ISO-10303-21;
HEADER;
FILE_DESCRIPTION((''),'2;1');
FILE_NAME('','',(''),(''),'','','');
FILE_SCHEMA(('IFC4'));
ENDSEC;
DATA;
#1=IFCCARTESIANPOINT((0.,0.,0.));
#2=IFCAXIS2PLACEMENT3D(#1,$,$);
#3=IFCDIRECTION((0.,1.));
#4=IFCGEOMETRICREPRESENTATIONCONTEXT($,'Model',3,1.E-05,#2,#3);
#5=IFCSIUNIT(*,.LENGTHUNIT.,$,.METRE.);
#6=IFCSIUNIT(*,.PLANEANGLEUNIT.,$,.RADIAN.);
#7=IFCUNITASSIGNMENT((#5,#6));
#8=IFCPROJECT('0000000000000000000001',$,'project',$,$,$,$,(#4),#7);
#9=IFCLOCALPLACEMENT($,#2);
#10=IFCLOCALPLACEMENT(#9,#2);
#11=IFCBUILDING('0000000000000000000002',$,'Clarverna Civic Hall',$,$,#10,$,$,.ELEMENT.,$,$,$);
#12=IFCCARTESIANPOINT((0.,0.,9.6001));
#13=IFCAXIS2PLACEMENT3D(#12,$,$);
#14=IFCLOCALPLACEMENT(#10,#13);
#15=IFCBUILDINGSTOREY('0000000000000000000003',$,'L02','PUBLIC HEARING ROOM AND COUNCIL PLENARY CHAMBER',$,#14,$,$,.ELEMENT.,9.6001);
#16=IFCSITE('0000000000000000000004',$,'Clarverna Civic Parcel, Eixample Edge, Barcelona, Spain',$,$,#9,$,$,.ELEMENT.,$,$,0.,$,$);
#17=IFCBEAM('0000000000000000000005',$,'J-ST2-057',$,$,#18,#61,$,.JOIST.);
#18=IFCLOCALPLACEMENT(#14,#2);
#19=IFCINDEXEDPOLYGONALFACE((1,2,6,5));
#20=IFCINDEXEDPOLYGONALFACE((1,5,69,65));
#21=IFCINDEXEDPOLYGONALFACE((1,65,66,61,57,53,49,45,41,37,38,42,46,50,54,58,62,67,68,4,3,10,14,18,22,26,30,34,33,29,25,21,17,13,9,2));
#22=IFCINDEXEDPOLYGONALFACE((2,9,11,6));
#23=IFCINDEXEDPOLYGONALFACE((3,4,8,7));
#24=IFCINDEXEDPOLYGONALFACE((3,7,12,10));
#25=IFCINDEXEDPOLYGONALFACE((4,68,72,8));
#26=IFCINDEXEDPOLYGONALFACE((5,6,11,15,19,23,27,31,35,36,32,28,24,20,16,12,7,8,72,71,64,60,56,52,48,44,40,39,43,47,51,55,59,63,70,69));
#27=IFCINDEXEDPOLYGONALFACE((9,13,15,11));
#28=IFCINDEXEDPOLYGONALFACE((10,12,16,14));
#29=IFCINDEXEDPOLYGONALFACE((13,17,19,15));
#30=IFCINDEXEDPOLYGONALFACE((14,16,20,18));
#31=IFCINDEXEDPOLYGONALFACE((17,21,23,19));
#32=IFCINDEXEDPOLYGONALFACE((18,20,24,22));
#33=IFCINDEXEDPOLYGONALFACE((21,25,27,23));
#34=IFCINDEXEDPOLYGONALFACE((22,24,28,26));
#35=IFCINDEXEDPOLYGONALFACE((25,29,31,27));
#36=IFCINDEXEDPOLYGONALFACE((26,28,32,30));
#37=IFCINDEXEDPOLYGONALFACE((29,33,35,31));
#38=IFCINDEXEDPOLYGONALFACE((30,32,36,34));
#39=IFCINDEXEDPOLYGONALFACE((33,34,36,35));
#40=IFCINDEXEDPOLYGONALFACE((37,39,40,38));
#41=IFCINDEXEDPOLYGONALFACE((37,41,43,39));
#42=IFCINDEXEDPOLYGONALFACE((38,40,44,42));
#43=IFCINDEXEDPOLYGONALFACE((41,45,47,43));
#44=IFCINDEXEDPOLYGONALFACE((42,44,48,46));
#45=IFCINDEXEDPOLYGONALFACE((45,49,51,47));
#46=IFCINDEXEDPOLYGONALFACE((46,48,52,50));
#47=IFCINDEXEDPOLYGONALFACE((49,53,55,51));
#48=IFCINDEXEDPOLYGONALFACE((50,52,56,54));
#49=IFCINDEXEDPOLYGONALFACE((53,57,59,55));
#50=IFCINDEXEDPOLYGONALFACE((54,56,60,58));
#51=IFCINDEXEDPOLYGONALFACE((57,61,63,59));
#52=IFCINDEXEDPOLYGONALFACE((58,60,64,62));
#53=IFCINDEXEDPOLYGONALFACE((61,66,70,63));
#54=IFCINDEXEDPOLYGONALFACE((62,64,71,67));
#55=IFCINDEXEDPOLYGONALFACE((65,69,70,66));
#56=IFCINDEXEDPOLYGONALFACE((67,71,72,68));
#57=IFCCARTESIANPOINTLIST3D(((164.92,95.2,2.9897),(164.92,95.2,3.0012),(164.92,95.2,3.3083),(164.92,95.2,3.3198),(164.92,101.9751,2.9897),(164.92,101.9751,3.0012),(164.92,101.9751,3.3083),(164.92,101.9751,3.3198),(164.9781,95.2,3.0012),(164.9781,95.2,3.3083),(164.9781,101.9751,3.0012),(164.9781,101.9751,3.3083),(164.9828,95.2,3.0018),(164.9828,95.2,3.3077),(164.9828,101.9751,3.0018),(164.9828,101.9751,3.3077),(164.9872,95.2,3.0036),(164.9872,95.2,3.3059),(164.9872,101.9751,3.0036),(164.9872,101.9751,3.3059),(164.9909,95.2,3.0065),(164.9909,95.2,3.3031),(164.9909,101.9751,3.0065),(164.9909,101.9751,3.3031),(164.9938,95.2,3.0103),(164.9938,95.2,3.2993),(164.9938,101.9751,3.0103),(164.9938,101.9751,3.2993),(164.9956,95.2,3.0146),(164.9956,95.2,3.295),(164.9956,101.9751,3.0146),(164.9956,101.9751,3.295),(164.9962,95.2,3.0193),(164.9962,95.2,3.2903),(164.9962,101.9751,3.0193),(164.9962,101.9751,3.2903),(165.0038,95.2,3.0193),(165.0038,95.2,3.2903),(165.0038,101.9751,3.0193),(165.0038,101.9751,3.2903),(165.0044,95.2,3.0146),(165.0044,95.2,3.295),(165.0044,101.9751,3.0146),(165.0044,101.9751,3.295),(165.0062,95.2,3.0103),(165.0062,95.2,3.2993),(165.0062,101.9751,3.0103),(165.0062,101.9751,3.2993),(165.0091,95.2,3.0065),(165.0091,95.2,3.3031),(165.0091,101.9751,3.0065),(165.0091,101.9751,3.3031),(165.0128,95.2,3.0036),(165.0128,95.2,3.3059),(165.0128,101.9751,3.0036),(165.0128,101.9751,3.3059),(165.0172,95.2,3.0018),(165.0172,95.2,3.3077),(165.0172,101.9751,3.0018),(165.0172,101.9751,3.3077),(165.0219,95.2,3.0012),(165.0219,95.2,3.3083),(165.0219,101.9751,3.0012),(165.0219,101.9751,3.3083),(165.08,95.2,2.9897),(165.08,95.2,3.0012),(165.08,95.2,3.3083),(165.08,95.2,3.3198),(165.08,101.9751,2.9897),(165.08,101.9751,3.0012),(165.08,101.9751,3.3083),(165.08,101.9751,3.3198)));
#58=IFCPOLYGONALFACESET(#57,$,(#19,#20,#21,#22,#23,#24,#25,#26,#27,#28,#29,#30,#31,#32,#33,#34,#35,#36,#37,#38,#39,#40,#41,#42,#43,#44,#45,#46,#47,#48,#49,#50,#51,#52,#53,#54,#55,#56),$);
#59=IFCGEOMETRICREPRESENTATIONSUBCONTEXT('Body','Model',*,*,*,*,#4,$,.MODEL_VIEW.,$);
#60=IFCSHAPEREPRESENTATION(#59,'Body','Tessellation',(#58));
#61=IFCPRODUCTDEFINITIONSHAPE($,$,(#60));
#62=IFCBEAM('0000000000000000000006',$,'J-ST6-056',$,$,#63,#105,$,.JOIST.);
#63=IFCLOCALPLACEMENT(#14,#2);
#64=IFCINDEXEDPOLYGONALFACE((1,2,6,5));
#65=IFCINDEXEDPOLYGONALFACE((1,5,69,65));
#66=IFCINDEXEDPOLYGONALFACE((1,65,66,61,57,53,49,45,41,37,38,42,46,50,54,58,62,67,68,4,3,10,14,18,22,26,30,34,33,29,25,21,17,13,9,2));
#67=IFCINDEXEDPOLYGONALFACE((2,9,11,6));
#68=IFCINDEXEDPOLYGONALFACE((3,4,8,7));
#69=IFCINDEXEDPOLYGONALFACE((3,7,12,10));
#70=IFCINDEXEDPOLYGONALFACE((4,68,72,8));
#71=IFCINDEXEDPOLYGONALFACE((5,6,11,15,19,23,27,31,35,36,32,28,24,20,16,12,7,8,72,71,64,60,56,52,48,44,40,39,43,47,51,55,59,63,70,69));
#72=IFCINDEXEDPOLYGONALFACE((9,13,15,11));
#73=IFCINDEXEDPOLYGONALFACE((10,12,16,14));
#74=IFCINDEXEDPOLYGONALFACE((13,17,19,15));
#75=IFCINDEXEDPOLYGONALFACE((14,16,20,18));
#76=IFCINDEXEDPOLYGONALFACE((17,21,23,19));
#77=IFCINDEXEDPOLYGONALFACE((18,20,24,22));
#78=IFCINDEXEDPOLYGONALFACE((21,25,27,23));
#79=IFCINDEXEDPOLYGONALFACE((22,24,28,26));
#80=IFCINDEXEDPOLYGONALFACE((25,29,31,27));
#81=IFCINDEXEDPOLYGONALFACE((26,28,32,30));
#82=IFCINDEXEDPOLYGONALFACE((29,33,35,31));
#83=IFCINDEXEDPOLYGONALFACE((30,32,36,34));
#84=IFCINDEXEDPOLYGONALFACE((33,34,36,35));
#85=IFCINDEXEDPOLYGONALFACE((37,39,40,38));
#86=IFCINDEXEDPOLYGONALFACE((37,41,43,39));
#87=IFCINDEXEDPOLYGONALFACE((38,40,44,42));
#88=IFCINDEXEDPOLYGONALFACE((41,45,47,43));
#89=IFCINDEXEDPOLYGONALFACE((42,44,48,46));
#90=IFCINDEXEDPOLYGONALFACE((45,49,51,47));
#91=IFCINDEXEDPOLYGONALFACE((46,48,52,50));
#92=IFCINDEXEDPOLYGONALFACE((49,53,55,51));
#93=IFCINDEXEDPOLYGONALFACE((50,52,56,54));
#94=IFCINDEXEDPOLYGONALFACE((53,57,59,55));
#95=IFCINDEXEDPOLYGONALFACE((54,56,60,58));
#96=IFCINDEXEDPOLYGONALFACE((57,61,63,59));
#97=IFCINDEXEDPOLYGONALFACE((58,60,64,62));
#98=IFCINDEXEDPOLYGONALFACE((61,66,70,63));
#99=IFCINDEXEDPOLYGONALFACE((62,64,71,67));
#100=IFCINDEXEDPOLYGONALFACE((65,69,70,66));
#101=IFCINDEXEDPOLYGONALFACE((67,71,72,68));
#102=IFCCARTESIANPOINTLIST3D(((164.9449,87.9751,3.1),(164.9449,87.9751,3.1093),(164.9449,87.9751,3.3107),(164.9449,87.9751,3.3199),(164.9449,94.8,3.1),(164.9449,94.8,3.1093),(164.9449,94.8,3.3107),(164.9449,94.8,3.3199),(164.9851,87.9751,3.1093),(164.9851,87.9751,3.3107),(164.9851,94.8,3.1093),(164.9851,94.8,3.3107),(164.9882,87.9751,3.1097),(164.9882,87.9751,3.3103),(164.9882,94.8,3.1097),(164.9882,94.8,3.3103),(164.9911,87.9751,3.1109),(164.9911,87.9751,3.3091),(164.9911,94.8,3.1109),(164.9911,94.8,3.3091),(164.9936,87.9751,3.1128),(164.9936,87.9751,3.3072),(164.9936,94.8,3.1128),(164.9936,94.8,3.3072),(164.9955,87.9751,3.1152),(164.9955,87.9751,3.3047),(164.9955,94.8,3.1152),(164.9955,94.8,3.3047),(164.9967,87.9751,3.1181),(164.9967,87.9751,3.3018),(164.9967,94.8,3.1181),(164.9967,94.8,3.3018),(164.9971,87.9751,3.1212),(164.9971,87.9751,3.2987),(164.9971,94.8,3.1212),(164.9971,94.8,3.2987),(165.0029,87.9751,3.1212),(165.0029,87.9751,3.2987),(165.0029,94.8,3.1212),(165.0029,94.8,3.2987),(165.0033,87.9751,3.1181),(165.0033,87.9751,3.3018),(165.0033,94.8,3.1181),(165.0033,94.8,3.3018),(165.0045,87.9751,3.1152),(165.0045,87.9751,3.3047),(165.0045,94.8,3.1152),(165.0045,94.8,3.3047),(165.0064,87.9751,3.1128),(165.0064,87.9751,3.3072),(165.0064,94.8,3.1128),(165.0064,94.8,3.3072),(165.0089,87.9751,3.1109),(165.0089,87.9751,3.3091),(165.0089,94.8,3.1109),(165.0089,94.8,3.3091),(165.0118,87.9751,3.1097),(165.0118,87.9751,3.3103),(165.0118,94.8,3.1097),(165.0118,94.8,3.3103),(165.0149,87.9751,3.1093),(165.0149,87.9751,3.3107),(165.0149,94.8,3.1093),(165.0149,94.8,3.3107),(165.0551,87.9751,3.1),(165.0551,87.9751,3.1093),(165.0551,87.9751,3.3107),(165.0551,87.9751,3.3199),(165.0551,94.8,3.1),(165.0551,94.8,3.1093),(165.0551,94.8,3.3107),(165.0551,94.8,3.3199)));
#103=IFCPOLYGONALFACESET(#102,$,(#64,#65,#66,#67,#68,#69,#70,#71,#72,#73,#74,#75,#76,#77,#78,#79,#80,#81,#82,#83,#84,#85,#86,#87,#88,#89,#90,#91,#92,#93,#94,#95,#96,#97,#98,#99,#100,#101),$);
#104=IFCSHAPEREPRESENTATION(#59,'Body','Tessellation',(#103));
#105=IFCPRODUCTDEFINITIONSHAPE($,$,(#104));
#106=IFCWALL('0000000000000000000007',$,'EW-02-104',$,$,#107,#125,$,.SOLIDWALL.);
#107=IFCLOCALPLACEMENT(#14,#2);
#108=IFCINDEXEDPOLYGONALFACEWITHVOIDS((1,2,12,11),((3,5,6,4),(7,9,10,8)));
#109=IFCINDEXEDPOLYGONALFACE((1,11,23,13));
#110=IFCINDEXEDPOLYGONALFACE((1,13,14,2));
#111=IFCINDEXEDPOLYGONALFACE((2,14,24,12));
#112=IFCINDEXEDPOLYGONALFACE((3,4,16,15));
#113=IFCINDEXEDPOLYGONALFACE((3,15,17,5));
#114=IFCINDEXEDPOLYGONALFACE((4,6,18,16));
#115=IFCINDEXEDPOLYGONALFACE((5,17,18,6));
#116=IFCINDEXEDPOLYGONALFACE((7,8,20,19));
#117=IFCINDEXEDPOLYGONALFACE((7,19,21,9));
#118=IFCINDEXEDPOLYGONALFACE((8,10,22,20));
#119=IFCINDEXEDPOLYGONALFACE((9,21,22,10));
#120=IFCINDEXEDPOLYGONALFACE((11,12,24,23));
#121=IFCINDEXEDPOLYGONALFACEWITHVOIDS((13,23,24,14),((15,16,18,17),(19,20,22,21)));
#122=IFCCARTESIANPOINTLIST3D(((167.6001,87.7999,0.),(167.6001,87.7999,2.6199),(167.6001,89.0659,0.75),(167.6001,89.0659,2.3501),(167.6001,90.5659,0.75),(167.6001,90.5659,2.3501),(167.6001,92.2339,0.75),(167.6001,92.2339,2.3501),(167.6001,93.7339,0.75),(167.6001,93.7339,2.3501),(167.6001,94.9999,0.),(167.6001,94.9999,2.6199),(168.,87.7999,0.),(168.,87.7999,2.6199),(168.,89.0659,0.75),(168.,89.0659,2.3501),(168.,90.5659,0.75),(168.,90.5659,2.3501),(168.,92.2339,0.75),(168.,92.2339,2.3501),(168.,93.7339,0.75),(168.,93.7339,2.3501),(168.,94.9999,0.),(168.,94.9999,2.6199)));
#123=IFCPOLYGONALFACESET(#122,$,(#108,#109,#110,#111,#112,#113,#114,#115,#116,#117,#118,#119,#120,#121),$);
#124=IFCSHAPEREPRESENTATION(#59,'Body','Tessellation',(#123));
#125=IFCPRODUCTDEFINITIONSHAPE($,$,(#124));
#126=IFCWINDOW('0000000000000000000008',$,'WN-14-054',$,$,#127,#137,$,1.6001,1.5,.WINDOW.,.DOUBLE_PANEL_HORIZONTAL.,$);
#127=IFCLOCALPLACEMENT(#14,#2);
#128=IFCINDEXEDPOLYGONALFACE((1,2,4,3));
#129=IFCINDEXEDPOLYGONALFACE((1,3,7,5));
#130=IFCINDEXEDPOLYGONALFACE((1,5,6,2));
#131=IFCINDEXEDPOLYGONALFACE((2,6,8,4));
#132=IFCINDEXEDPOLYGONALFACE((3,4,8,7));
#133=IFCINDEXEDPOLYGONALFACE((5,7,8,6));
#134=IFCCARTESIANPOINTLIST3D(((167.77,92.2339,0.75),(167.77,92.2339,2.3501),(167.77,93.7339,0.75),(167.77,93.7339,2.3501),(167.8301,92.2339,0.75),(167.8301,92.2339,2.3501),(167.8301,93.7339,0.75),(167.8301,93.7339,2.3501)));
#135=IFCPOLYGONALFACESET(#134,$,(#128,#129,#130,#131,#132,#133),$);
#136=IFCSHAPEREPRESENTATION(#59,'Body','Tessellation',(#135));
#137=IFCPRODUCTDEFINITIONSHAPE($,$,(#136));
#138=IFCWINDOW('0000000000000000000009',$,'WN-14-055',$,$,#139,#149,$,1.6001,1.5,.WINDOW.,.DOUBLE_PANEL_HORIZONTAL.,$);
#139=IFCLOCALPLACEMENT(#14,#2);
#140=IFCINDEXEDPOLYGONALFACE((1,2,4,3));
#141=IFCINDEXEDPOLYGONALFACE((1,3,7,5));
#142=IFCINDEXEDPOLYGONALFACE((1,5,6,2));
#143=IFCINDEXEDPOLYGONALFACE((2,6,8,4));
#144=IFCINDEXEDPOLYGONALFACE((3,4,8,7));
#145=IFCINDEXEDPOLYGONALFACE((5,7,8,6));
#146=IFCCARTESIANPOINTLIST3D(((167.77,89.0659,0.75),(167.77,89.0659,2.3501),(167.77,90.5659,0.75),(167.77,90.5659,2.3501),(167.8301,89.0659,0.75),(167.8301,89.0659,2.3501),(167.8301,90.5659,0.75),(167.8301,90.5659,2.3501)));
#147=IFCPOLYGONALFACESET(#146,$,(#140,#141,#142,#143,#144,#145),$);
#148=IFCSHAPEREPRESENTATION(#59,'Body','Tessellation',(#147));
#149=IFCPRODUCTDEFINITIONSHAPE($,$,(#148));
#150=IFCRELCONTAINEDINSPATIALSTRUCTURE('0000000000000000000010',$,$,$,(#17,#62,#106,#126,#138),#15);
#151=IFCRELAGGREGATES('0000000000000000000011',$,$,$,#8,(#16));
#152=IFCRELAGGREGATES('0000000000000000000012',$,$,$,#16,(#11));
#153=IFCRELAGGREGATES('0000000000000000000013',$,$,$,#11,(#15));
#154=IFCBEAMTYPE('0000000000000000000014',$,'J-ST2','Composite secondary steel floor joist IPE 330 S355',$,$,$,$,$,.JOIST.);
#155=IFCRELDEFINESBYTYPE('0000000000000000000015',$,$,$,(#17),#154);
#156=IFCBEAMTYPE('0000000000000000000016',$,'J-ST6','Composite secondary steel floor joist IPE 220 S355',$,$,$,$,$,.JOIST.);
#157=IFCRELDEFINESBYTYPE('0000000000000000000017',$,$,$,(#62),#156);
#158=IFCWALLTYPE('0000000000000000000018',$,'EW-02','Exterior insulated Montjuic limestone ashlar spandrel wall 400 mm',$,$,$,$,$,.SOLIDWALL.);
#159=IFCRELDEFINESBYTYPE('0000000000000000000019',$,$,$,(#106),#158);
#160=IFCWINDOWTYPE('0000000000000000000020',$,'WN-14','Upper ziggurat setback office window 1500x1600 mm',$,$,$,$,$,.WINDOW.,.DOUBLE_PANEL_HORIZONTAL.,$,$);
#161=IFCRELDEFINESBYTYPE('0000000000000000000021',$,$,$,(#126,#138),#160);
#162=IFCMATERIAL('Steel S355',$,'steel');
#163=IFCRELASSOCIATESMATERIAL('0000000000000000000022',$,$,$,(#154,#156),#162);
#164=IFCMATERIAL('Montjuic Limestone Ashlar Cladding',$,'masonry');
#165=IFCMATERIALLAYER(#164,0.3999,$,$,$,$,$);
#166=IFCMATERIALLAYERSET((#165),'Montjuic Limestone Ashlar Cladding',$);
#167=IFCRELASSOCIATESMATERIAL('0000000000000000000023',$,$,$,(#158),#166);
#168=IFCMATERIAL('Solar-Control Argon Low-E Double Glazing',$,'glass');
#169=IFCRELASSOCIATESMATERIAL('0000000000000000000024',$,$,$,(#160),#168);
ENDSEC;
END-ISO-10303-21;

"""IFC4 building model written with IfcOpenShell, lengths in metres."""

from ifc_helpers import new_model, si_unit, direction, frame, frame_2d, origin, origin_2d, place, context, subcontext, project, spatial, rectangle, i_section, extrude, material, layer, layer_set, material_profile, profile_set, type_object, element, fill, save


model = new_model("IFC4")

# Units and contexts
model_context = context("Model", 3, precision=1e-05, world=origin(), true_north=direction((0.0, 1.0)))
body_context = subcontext(model_context, "Body", "Model", "MODEL_VIEW")
ifc_project = project(units=[si_unit("LENGTHUNIT", "METRE"), si_unit("PLANEANGLEUNIT", "RADIAN")], contexts=[model_context])

# Site, building, storey
site_placement = place(None, origin())
site = spatial("IfcSite", under=ifc_project, at=site_placement, Name="Clarverna Civic Parcel, Eixample Edge, Barcelona, Spain", CompositionType="ELEMENT", RefElevation=0.0)
building_placement = place(site_placement, origin())
building = spatial("IfcBuilding", under=site, at=building_placement, Name="Clarverna Civic Hall", CompositionType="ELEMENT")
storey_placement = place(building_placement, frame((0.0, 0.0, 9.6001)))
storey = spatial("IfcBuildingStorey", under=building, at=storey_placement, Name="L02", Description="PUBLIC HEARING ROOM AND COUNCIL PLENARY CHAMBER", CompositionType="ELEMENT", Elevation=9.6001)

# Beams
ifc_material_1 = material(Name="Steel S355", Category="steel")
ifc_material_profile_1 = material_profile(ifc_material_1, i_section(OverallWidth=0.1599, OverallDepth=0.3301, WebThickness=0.0076, FlangeThickness=0.0115, FilletRadius=0.0181, at=origin_2d()), Name="IPE 330")
ifc_profile_set_1 = profile_set([ifc_material_profile_1], Name="Steel S355")
beam_type_1 = type_object("IfcBeamType", Name="J-ST2", Description="Composite secondary steel floor joist IPE 330 S355", PredefinedType="JOIST", material=ifc_profile_set_1)
beam_1_placement = place(storey_placement, frame((165.0, 95.2, 3.1548), z_axis=(0.0, 1.0, 0.0), x_axis=(-1.0, 0.0, 0.0)))
element("IfcBeam", 1, at=beam_1_placement, inside=storey, type_object=beam_type_1, Name="J-ST2-057", PredefinedType="JOIST", context=body_context, shape_type="SweptSolid", body=[
    extrude(i_section(OverallWidth=0.1599, OverallDepth=0.3301, WebThickness=0.0076, FlangeThickness=0.0115, FilletRadius=0.0181, at=origin_2d()), origin(), (0.0, 0.0, 1.0), 6.7751),
])
ifc_material_profile_2 = material_profile(ifc_material_1, i_section(OverallWidth=0.1101, OverallDepth=0.22, WebThickness=0.0059, FlangeThickness=0.0093, FilletRadius=0.012, at=origin_2d()), Name="IPE 220")
ifc_profile_set_2 = profile_set([ifc_material_profile_2], Name="Steel S355")
beam_type_2 = type_object("IfcBeamType", Name="J-ST6", Description="Composite secondary steel floor joist IPE 220 S355", PredefinedType="JOIST", material=ifc_profile_set_2)
beam_2_placement = place(storey_placement, frame((165.0, 87.9751, 3.21), z_axis=(0.0, 1.0, 0.0), x_axis=(-1.0, 0.0, 0.0)))
element("IfcBeam", 2, at=beam_2_placement, inside=storey, type_object=beam_type_2, Name="J-ST6-056", PredefinedType="JOIST", context=body_context, shape_type="SweptSolid", body=[
    extrude(i_section(OverallWidth=0.1101, OverallDepth=0.22, WebThickness=0.0059, FlangeThickness=0.0093, FilletRadius=0.012, at=origin_2d()), origin(), (0.0, 0.0, 1.0), 6.825),
])

# Wall, openings, windows
ifc_material_2 = material(Name="Montjuic Limestone Ashlar Cladding", Category="masonry")
ifc_layer_1 = layer(ifc_material_2, 0.3999)
ifc_layer_set_1 = layer_set([ifc_layer_1], Name="Montjuic Limestone Ashlar Cladding")
wall_type = type_object("IfcWallType", Name="EW-02", Description="Exterior insulated Montjuic limestone ashlar spandrel wall 400 mm", PredefinedType="SOLIDWALL", material=ifc_layer_set_1)
wall_1_placement = place(storey_placement, frame((167.8, 95.0, 0.0), z_axis=(0.0, 0.0, 1.0), x_axis=(0.0, -1.0, 0.0)))
wall_1 = element("IfcWall", 3, at=wall_1_placement, inside=storey, type_object=wall_type, Name="EW-02-104", PredefinedType="SOLIDWALL", context=body_context, shape_type="SweptSolid", body=[
    extrude(rectangle(XDim=7.2, YDim=0.3999, at=frame_2d((3.6001, 0.0))), origin(), (0.0, 0.0, 1.0), 2.6199),
])
opening_1_placement = place(wall_1_placement, frame((1.2661, 0.0, 0.75)))
opening_1 = element("IfcOpeningElement", 4, at=opening_1_placement, cuts=wall_1, PredefinedType="OPENING", context=body_context, shape_type="SweptSolid", body=[
    extrude(rectangle(XDim=1.5, YDim=1.6001, at=frame_2d((0.75, 0.8))), frame((0.0, 0.21, 0.0), z_axis=(0.0, -1.0, 0.0), x_axis=(1.0, 0.0, 0.0)), (0.0, 0.0, 1.0), 0.4199),
])
opening_2_placement = place(wall_1_placement, frame((4.4341, 0.0, 0.75)))
opening_2 = element("IfcOpeningElement", 5, at=opening_2_placement, cuts=wall_1, PredefinedType="OPENING", context=body_context, shape_type="SweptSolid", body=[
    extrude(rectangle(XDim=1.5, YDim=1.6001, at=frame_2d((0.75, 0.8))), frame((0.0, 0.21, 0.0), z_axis=(0.0, -1.0, 0.0), x_axis=(1.0, 0.0, 0.0)), (0.0, 0.0, 1.0), 0.4199),
])
ifc_material_3 = material(Name="Solar-Control Argon Low-E Double Glazing", Category="glass")
window_type = type_object("IfcWindowType", Name="WN-14", Description="Upper ziggurat setback office window 1500x1600 mm", PartitioningType="DOUBLE_PANEL_HORIZONTAL", PredefinedType="WINDOW", material=ifc_material_3)
window_1_placement = place(opening_1_placement, origin())
window_1 = element("IfcWindow", 6, at=window_1_placement, inside=storey, type_object=window_type, Name="WN-14-054", OverallHeight=1.6001, OverallWidth=1.5, PartitioningType="DOUBLE_PANEL_HORIZONTAL", PredefinedType="WINDOW", context=body_context, shape_type="SweptSolid", body=[
    extrude(rectangle(XDim=1.5, YDim=1.6001, at=frame_2d((0.75, 0.8))), frame((0.0, 0.03, 0.0), z_axis=(0.0, -1.0, 0.0), x_axis=(1.0, 0.0, 0.0)), (0.0, 0.0, 1.0), 0.0601),
])
fill(opening_1, window_1)
window_2_placement = place(opening_2_placement, origin())
window_2 = element("IfcWindow", 7, at=window_2_placement, inside=storey, type_object=window_type, Name="WN-14-055", OverallHeight=1.6001, OverallWidth=1.5, PartitioningType="DOUBLE_PANEL_HORIZONTAL", PredefinedType="WINDOW", context=body_context, shape_type="SweptSolid", body=[
    extrude(rectangle(XDim=1.5, YDim=1.6001, at=frame_2d((0.75, 0.8))), frame((0.0, 0.03, 0.0), z_axis=(0.0, -1.0, 0.0), x_axis=(1.0, 0.0, 0.0)), (0.0, 0.0, 1.0), 0.0601),
])
fill(opening_2, window_2)

save(model, "model.ifc")
